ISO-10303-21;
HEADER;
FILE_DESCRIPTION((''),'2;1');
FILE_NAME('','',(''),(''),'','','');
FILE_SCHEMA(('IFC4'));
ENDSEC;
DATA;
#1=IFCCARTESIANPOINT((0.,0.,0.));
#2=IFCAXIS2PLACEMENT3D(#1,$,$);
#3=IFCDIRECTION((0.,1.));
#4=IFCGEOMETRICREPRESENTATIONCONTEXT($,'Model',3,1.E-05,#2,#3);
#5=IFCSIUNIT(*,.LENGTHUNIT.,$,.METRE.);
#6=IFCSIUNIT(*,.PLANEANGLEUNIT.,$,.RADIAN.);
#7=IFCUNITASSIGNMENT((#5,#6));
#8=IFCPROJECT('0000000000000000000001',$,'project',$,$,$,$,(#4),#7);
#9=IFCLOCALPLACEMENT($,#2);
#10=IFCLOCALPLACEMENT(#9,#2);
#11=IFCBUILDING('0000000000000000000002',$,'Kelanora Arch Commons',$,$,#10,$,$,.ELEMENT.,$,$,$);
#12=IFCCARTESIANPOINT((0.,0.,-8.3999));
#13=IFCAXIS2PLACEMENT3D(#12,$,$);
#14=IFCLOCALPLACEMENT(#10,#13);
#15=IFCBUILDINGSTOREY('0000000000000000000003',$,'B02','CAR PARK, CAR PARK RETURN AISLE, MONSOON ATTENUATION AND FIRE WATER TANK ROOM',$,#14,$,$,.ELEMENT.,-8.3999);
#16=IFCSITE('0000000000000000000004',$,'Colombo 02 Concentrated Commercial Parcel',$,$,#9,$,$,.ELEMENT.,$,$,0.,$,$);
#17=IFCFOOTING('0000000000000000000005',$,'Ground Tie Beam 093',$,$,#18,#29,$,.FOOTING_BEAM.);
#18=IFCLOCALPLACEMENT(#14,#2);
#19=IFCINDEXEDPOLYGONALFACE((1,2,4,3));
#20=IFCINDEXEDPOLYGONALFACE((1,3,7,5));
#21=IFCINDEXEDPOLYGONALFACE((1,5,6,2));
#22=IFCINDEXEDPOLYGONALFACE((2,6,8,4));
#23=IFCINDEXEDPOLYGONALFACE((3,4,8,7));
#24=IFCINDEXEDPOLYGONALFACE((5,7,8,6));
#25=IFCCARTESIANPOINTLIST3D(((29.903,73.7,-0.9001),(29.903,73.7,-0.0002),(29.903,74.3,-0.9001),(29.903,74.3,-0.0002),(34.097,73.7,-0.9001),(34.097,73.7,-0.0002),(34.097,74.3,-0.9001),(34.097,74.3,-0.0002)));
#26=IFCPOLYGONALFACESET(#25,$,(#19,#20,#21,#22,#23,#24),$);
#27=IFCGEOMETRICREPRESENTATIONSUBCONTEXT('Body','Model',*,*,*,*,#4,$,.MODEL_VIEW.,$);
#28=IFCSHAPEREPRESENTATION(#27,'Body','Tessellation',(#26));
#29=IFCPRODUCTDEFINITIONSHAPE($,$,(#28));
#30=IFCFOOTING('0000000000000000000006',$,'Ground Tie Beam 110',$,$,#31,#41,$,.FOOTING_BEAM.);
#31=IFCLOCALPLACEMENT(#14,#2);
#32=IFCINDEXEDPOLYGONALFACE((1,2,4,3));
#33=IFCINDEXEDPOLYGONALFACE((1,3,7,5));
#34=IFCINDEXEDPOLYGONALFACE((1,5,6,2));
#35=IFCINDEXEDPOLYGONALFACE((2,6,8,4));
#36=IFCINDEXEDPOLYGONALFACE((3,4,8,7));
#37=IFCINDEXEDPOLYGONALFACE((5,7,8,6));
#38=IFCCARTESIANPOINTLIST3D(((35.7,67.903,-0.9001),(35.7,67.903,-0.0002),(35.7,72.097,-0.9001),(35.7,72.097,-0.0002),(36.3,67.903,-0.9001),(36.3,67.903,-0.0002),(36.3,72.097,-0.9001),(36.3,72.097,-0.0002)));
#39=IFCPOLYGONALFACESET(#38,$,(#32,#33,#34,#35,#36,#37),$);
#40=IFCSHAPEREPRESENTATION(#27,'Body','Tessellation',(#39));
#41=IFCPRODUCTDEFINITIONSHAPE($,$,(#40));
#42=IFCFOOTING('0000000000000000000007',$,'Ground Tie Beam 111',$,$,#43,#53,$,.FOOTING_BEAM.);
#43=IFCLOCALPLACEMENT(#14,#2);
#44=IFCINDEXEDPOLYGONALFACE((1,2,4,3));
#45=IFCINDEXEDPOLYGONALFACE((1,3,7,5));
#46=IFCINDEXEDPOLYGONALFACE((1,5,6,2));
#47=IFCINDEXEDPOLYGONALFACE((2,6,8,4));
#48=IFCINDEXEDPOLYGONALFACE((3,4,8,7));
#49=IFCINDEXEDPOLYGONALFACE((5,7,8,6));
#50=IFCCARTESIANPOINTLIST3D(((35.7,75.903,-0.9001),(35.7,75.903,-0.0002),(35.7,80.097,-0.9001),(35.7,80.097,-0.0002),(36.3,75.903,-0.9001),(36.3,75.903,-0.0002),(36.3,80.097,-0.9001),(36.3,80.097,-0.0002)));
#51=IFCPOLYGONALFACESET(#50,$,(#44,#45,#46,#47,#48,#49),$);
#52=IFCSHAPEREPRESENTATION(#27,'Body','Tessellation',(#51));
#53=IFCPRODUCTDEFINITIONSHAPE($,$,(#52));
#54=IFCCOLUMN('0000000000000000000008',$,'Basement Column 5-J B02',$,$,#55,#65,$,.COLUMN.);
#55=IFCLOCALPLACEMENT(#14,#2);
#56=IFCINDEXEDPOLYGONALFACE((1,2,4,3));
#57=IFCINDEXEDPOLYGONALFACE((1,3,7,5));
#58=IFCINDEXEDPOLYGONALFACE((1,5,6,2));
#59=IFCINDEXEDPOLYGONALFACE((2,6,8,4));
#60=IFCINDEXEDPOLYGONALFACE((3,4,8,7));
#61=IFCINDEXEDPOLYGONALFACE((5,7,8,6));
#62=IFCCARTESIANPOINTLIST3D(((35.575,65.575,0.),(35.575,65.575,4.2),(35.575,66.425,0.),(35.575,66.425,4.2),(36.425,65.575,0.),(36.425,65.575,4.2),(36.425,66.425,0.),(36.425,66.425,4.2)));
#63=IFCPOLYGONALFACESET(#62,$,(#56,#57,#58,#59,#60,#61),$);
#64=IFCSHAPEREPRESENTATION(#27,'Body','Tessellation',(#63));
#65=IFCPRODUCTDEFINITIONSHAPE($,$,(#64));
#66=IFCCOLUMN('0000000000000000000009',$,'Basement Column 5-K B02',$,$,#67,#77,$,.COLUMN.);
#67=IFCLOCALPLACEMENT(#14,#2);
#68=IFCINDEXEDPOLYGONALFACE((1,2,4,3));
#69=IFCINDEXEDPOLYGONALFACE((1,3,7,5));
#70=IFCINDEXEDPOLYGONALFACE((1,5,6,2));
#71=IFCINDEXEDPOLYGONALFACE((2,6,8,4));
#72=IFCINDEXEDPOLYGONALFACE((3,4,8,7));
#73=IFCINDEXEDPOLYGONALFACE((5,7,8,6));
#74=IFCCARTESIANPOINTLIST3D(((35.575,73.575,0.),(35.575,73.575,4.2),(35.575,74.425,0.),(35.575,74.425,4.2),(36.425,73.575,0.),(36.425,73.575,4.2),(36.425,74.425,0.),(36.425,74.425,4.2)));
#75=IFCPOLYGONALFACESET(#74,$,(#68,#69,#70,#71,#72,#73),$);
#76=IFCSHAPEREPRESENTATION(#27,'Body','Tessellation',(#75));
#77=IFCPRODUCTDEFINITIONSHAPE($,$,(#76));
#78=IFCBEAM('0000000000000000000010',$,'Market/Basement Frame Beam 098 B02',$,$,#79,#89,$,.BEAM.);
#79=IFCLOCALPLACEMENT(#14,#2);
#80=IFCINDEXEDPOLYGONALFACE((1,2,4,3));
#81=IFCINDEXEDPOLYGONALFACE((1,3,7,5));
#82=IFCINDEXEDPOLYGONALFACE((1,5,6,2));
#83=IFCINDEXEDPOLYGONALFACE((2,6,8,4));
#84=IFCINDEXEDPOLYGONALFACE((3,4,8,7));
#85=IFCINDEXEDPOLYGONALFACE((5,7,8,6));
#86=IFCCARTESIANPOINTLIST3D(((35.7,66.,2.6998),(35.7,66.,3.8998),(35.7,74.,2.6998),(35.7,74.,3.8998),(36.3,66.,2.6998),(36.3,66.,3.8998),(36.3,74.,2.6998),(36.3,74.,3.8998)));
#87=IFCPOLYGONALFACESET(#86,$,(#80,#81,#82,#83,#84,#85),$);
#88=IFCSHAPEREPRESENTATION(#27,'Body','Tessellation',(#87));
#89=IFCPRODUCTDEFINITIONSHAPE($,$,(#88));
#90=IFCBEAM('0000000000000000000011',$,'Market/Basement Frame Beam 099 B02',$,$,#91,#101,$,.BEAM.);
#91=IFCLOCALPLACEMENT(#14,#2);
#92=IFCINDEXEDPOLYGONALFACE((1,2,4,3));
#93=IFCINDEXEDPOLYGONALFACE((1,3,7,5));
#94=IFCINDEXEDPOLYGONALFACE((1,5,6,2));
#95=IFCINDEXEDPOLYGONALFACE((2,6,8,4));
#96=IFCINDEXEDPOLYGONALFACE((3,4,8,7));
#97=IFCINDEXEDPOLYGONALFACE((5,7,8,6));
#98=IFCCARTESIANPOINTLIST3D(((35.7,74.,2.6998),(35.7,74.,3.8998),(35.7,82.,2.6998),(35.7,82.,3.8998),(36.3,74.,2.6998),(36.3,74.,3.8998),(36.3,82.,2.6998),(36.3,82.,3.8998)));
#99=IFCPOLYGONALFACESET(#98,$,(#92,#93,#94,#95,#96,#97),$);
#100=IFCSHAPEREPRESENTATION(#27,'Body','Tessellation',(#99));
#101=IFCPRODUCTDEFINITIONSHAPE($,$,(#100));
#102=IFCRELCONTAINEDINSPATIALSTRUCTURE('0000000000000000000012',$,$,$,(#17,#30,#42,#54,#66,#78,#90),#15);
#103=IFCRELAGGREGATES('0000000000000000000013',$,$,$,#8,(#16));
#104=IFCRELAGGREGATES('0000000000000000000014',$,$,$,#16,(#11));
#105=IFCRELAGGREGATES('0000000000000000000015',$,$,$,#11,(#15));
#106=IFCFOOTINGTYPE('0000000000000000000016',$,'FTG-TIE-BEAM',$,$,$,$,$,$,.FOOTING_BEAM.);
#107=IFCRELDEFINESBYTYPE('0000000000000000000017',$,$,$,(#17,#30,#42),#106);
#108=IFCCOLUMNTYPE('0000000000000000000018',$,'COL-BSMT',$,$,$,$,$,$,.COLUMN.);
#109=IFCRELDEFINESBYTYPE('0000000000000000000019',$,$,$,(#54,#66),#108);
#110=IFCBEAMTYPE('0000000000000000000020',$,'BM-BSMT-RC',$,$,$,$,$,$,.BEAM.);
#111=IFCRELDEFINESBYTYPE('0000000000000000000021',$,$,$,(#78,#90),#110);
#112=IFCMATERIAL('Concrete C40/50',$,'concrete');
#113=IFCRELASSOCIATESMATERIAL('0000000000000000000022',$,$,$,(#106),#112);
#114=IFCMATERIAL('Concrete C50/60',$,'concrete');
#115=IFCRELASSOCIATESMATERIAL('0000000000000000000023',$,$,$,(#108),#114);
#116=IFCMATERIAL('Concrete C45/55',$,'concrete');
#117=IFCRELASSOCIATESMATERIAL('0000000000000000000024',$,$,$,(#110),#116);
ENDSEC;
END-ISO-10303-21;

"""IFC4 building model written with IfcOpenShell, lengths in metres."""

from ifc_helpers import new_model, si_unit, direction, frame, origin, origin_2d, place, context, subcontext, project, spatial, rectangle, extrude, source, transform, mapped, material, material_profile, profile_set, type_object, element, save


model = new_model("IFC4")

# Units and contexts
model_context = context("Model", 3, precision=1e-05, world=origin(), true_north=direction((0.0, 1.0)))
body_context = subcontext(model_context, "Body", "Model", "MODEL_VIEW")
ifc_project = project(units=[si_unit("LENGTHUNIT", "METRE"), si_unit("PLANEANGLEUNIT", "RADIAN")], contexts=[model_context])

# Site, building, storey
site_placement = place(None, origin())
site = spatial("IfcSite", under=ifc_project, at=site_placement, Name="Colombo 02 Concentrated Commercial Parcel", CompositionType="ELEMENT", RefElevation=0.0)
building_placement = place(site_placement, origin())
building = spatial("IfcBuilding", under=site, at=building_placement, Name="Kelanora Arch Commons", CompositionType="ELEMENT")
storey_placement = place(building_placement, frame((0.0, 0.0, -8.3999)))
storey = spatial("IfcBuildingStorey", under=building, at=storey_placement, Name="B02", Description="CAR PARK, CAR PARK RETURN AISLE, MONSOON ATTENUATION AND FIRE WATER TANK ROOM", CompositionType="ELEMENT", Elevation=-8.3999)

# Shared definitions
ifc_material_1 = material(Name="Concrete C40/50", Category="concrete")

# Shared definitions
ifc_material_2 = material(Name="Concrete C45/55", Category="concrete")

# Footings
footing_type_1 = type_object("IfcFootingType", Name="FTG-TIE-BEAM", PredefinedType="FOOTING_BEAM", material=ifc_material_1)
shared_shape_1 = source(origin(), body_context, "Body", "SweptSolid", [
    extrude(rectangle(XDim=4.1941, YDim=0.6001, at=origin_2d()), origin(), (0.0, 0.0, 1.0), 0.8999),
])
for number, where, z_axis, x_axis, name in (
    (1, (32.0, 74.0, -0.9001), (0.0, 0.0, 1.0), (1.0, 0.0, 0.0), "Ground Tie Beam 093"),
    (2, (36.0, 70.0, -0.9001), (0.0, 0.0, 1.0), (0.0, 1.0, 0.0), "Ground Tie Beam 110"),
    (3, (36.0, 78.0, -0.9001), (0.0, 0.0, 1.0), (0.0, 1.0, 0.0), "Ground Tie Beam 111"),
):
    element("IfcFooting", number, at=place(storey_placement, frame(where, z_axis=z_axis, x_axis=x_axis)), inside=storey, type_object=footing_type_1, Name=name, PredefinedType="FOOTING_BEAM", context=body_context, shape_type="MappedRepresentation", body=[
        mapped(shared_shape_1, transform((0.0, 0.0, 0.0), scale=1.0)),
    ])

# Columns
ifc_material_3 = material(Name="Concrete C50/60", Category="concrete")
ifc_material_profile_1 = material_profile(ifc_material_3, rectangle(XDim=0.8501, YDim=0.8501, at=origin_2d()), Name="RC850x850")
ifc_profile_set_1 = profile_set([ifc_material_profile_1], Name="Concrete C50/60")
column_type = type_object("IfcColumnType", Name="COL-BSMT", PredefinedType="COLUMN", material=ifc_profile_set_1)
for number, where, z_axis, x_axis, name in (
    (4, (36.0, 66.0, 0.0), (0.0, 0.0, 1.0), (1.0, 0.0, 0.0), "Basement Column 5-J B02"),
    (5, (36.0, 74.0, 0.0), (0.0, 0.0, 1.0), (1.0, 0.0, 0.0), "Basement Column 5-K B02"),
):
    element("IfcColumn", number, at=place(storey_placement, frame(where, z_axis=z_axis, x_axis=x_axis)), inside=storey, type_object=column_type, Name=name, PredefinedType="COLUMN", context=body_context, shape_type="SweptSolid", body=[
        extrude(rectangle(XDim=0.8501, YDim=0.8501, at=origin_2d()), origin(), (0.0, 0.0, 1.0), 4.2),
    ])

# Beams
ifc_material_profile_2 = material_profile(ifc_material_2, rectangle(XDim=0.6001, YDim=1.2, at=origin_2d()), Name="RCB600x1200")
ifc_profile_set_2 = profile_set([ifc_material_profile_2], Name="Concrete C45/55")
beam_type = type_object("IfcBeamType", Name="BM-BSMT-RC", PredefinedType="BEAM", material=ifc_profile_set_2)
for number, where, z_axis, x_axis, name in (
    (6, (36.0, 66.0, 3.2998), (0.0, 1.0, 0.0), (-1.0, 0.0, 0.0), "Market/Basement Frame Beam 098 B02"),
    (7, (36.0, 74.0, 3.2998), (0.0, 1.0, 0.0), (-1.0, 0.0, 0.0), "Market/Basement Frame Beam 099 B02"),
):
    element("IfcBeam", number, at=place(storey_placement, frame(where, z_axis=z_axis, x_axis=x_axis)), inside=storey, type_object=beam_type, Name=name, PredefinedType="BEAM", context=body_context, shape_type="SweptSolid", body=[
        extrude(rectangle(XDim=0.6001, YDim=1.2, at=origin_2d()), origin(), (0.0, 0.0, 1.0), 8.0),
    ])

save(model, "model.ifc")
